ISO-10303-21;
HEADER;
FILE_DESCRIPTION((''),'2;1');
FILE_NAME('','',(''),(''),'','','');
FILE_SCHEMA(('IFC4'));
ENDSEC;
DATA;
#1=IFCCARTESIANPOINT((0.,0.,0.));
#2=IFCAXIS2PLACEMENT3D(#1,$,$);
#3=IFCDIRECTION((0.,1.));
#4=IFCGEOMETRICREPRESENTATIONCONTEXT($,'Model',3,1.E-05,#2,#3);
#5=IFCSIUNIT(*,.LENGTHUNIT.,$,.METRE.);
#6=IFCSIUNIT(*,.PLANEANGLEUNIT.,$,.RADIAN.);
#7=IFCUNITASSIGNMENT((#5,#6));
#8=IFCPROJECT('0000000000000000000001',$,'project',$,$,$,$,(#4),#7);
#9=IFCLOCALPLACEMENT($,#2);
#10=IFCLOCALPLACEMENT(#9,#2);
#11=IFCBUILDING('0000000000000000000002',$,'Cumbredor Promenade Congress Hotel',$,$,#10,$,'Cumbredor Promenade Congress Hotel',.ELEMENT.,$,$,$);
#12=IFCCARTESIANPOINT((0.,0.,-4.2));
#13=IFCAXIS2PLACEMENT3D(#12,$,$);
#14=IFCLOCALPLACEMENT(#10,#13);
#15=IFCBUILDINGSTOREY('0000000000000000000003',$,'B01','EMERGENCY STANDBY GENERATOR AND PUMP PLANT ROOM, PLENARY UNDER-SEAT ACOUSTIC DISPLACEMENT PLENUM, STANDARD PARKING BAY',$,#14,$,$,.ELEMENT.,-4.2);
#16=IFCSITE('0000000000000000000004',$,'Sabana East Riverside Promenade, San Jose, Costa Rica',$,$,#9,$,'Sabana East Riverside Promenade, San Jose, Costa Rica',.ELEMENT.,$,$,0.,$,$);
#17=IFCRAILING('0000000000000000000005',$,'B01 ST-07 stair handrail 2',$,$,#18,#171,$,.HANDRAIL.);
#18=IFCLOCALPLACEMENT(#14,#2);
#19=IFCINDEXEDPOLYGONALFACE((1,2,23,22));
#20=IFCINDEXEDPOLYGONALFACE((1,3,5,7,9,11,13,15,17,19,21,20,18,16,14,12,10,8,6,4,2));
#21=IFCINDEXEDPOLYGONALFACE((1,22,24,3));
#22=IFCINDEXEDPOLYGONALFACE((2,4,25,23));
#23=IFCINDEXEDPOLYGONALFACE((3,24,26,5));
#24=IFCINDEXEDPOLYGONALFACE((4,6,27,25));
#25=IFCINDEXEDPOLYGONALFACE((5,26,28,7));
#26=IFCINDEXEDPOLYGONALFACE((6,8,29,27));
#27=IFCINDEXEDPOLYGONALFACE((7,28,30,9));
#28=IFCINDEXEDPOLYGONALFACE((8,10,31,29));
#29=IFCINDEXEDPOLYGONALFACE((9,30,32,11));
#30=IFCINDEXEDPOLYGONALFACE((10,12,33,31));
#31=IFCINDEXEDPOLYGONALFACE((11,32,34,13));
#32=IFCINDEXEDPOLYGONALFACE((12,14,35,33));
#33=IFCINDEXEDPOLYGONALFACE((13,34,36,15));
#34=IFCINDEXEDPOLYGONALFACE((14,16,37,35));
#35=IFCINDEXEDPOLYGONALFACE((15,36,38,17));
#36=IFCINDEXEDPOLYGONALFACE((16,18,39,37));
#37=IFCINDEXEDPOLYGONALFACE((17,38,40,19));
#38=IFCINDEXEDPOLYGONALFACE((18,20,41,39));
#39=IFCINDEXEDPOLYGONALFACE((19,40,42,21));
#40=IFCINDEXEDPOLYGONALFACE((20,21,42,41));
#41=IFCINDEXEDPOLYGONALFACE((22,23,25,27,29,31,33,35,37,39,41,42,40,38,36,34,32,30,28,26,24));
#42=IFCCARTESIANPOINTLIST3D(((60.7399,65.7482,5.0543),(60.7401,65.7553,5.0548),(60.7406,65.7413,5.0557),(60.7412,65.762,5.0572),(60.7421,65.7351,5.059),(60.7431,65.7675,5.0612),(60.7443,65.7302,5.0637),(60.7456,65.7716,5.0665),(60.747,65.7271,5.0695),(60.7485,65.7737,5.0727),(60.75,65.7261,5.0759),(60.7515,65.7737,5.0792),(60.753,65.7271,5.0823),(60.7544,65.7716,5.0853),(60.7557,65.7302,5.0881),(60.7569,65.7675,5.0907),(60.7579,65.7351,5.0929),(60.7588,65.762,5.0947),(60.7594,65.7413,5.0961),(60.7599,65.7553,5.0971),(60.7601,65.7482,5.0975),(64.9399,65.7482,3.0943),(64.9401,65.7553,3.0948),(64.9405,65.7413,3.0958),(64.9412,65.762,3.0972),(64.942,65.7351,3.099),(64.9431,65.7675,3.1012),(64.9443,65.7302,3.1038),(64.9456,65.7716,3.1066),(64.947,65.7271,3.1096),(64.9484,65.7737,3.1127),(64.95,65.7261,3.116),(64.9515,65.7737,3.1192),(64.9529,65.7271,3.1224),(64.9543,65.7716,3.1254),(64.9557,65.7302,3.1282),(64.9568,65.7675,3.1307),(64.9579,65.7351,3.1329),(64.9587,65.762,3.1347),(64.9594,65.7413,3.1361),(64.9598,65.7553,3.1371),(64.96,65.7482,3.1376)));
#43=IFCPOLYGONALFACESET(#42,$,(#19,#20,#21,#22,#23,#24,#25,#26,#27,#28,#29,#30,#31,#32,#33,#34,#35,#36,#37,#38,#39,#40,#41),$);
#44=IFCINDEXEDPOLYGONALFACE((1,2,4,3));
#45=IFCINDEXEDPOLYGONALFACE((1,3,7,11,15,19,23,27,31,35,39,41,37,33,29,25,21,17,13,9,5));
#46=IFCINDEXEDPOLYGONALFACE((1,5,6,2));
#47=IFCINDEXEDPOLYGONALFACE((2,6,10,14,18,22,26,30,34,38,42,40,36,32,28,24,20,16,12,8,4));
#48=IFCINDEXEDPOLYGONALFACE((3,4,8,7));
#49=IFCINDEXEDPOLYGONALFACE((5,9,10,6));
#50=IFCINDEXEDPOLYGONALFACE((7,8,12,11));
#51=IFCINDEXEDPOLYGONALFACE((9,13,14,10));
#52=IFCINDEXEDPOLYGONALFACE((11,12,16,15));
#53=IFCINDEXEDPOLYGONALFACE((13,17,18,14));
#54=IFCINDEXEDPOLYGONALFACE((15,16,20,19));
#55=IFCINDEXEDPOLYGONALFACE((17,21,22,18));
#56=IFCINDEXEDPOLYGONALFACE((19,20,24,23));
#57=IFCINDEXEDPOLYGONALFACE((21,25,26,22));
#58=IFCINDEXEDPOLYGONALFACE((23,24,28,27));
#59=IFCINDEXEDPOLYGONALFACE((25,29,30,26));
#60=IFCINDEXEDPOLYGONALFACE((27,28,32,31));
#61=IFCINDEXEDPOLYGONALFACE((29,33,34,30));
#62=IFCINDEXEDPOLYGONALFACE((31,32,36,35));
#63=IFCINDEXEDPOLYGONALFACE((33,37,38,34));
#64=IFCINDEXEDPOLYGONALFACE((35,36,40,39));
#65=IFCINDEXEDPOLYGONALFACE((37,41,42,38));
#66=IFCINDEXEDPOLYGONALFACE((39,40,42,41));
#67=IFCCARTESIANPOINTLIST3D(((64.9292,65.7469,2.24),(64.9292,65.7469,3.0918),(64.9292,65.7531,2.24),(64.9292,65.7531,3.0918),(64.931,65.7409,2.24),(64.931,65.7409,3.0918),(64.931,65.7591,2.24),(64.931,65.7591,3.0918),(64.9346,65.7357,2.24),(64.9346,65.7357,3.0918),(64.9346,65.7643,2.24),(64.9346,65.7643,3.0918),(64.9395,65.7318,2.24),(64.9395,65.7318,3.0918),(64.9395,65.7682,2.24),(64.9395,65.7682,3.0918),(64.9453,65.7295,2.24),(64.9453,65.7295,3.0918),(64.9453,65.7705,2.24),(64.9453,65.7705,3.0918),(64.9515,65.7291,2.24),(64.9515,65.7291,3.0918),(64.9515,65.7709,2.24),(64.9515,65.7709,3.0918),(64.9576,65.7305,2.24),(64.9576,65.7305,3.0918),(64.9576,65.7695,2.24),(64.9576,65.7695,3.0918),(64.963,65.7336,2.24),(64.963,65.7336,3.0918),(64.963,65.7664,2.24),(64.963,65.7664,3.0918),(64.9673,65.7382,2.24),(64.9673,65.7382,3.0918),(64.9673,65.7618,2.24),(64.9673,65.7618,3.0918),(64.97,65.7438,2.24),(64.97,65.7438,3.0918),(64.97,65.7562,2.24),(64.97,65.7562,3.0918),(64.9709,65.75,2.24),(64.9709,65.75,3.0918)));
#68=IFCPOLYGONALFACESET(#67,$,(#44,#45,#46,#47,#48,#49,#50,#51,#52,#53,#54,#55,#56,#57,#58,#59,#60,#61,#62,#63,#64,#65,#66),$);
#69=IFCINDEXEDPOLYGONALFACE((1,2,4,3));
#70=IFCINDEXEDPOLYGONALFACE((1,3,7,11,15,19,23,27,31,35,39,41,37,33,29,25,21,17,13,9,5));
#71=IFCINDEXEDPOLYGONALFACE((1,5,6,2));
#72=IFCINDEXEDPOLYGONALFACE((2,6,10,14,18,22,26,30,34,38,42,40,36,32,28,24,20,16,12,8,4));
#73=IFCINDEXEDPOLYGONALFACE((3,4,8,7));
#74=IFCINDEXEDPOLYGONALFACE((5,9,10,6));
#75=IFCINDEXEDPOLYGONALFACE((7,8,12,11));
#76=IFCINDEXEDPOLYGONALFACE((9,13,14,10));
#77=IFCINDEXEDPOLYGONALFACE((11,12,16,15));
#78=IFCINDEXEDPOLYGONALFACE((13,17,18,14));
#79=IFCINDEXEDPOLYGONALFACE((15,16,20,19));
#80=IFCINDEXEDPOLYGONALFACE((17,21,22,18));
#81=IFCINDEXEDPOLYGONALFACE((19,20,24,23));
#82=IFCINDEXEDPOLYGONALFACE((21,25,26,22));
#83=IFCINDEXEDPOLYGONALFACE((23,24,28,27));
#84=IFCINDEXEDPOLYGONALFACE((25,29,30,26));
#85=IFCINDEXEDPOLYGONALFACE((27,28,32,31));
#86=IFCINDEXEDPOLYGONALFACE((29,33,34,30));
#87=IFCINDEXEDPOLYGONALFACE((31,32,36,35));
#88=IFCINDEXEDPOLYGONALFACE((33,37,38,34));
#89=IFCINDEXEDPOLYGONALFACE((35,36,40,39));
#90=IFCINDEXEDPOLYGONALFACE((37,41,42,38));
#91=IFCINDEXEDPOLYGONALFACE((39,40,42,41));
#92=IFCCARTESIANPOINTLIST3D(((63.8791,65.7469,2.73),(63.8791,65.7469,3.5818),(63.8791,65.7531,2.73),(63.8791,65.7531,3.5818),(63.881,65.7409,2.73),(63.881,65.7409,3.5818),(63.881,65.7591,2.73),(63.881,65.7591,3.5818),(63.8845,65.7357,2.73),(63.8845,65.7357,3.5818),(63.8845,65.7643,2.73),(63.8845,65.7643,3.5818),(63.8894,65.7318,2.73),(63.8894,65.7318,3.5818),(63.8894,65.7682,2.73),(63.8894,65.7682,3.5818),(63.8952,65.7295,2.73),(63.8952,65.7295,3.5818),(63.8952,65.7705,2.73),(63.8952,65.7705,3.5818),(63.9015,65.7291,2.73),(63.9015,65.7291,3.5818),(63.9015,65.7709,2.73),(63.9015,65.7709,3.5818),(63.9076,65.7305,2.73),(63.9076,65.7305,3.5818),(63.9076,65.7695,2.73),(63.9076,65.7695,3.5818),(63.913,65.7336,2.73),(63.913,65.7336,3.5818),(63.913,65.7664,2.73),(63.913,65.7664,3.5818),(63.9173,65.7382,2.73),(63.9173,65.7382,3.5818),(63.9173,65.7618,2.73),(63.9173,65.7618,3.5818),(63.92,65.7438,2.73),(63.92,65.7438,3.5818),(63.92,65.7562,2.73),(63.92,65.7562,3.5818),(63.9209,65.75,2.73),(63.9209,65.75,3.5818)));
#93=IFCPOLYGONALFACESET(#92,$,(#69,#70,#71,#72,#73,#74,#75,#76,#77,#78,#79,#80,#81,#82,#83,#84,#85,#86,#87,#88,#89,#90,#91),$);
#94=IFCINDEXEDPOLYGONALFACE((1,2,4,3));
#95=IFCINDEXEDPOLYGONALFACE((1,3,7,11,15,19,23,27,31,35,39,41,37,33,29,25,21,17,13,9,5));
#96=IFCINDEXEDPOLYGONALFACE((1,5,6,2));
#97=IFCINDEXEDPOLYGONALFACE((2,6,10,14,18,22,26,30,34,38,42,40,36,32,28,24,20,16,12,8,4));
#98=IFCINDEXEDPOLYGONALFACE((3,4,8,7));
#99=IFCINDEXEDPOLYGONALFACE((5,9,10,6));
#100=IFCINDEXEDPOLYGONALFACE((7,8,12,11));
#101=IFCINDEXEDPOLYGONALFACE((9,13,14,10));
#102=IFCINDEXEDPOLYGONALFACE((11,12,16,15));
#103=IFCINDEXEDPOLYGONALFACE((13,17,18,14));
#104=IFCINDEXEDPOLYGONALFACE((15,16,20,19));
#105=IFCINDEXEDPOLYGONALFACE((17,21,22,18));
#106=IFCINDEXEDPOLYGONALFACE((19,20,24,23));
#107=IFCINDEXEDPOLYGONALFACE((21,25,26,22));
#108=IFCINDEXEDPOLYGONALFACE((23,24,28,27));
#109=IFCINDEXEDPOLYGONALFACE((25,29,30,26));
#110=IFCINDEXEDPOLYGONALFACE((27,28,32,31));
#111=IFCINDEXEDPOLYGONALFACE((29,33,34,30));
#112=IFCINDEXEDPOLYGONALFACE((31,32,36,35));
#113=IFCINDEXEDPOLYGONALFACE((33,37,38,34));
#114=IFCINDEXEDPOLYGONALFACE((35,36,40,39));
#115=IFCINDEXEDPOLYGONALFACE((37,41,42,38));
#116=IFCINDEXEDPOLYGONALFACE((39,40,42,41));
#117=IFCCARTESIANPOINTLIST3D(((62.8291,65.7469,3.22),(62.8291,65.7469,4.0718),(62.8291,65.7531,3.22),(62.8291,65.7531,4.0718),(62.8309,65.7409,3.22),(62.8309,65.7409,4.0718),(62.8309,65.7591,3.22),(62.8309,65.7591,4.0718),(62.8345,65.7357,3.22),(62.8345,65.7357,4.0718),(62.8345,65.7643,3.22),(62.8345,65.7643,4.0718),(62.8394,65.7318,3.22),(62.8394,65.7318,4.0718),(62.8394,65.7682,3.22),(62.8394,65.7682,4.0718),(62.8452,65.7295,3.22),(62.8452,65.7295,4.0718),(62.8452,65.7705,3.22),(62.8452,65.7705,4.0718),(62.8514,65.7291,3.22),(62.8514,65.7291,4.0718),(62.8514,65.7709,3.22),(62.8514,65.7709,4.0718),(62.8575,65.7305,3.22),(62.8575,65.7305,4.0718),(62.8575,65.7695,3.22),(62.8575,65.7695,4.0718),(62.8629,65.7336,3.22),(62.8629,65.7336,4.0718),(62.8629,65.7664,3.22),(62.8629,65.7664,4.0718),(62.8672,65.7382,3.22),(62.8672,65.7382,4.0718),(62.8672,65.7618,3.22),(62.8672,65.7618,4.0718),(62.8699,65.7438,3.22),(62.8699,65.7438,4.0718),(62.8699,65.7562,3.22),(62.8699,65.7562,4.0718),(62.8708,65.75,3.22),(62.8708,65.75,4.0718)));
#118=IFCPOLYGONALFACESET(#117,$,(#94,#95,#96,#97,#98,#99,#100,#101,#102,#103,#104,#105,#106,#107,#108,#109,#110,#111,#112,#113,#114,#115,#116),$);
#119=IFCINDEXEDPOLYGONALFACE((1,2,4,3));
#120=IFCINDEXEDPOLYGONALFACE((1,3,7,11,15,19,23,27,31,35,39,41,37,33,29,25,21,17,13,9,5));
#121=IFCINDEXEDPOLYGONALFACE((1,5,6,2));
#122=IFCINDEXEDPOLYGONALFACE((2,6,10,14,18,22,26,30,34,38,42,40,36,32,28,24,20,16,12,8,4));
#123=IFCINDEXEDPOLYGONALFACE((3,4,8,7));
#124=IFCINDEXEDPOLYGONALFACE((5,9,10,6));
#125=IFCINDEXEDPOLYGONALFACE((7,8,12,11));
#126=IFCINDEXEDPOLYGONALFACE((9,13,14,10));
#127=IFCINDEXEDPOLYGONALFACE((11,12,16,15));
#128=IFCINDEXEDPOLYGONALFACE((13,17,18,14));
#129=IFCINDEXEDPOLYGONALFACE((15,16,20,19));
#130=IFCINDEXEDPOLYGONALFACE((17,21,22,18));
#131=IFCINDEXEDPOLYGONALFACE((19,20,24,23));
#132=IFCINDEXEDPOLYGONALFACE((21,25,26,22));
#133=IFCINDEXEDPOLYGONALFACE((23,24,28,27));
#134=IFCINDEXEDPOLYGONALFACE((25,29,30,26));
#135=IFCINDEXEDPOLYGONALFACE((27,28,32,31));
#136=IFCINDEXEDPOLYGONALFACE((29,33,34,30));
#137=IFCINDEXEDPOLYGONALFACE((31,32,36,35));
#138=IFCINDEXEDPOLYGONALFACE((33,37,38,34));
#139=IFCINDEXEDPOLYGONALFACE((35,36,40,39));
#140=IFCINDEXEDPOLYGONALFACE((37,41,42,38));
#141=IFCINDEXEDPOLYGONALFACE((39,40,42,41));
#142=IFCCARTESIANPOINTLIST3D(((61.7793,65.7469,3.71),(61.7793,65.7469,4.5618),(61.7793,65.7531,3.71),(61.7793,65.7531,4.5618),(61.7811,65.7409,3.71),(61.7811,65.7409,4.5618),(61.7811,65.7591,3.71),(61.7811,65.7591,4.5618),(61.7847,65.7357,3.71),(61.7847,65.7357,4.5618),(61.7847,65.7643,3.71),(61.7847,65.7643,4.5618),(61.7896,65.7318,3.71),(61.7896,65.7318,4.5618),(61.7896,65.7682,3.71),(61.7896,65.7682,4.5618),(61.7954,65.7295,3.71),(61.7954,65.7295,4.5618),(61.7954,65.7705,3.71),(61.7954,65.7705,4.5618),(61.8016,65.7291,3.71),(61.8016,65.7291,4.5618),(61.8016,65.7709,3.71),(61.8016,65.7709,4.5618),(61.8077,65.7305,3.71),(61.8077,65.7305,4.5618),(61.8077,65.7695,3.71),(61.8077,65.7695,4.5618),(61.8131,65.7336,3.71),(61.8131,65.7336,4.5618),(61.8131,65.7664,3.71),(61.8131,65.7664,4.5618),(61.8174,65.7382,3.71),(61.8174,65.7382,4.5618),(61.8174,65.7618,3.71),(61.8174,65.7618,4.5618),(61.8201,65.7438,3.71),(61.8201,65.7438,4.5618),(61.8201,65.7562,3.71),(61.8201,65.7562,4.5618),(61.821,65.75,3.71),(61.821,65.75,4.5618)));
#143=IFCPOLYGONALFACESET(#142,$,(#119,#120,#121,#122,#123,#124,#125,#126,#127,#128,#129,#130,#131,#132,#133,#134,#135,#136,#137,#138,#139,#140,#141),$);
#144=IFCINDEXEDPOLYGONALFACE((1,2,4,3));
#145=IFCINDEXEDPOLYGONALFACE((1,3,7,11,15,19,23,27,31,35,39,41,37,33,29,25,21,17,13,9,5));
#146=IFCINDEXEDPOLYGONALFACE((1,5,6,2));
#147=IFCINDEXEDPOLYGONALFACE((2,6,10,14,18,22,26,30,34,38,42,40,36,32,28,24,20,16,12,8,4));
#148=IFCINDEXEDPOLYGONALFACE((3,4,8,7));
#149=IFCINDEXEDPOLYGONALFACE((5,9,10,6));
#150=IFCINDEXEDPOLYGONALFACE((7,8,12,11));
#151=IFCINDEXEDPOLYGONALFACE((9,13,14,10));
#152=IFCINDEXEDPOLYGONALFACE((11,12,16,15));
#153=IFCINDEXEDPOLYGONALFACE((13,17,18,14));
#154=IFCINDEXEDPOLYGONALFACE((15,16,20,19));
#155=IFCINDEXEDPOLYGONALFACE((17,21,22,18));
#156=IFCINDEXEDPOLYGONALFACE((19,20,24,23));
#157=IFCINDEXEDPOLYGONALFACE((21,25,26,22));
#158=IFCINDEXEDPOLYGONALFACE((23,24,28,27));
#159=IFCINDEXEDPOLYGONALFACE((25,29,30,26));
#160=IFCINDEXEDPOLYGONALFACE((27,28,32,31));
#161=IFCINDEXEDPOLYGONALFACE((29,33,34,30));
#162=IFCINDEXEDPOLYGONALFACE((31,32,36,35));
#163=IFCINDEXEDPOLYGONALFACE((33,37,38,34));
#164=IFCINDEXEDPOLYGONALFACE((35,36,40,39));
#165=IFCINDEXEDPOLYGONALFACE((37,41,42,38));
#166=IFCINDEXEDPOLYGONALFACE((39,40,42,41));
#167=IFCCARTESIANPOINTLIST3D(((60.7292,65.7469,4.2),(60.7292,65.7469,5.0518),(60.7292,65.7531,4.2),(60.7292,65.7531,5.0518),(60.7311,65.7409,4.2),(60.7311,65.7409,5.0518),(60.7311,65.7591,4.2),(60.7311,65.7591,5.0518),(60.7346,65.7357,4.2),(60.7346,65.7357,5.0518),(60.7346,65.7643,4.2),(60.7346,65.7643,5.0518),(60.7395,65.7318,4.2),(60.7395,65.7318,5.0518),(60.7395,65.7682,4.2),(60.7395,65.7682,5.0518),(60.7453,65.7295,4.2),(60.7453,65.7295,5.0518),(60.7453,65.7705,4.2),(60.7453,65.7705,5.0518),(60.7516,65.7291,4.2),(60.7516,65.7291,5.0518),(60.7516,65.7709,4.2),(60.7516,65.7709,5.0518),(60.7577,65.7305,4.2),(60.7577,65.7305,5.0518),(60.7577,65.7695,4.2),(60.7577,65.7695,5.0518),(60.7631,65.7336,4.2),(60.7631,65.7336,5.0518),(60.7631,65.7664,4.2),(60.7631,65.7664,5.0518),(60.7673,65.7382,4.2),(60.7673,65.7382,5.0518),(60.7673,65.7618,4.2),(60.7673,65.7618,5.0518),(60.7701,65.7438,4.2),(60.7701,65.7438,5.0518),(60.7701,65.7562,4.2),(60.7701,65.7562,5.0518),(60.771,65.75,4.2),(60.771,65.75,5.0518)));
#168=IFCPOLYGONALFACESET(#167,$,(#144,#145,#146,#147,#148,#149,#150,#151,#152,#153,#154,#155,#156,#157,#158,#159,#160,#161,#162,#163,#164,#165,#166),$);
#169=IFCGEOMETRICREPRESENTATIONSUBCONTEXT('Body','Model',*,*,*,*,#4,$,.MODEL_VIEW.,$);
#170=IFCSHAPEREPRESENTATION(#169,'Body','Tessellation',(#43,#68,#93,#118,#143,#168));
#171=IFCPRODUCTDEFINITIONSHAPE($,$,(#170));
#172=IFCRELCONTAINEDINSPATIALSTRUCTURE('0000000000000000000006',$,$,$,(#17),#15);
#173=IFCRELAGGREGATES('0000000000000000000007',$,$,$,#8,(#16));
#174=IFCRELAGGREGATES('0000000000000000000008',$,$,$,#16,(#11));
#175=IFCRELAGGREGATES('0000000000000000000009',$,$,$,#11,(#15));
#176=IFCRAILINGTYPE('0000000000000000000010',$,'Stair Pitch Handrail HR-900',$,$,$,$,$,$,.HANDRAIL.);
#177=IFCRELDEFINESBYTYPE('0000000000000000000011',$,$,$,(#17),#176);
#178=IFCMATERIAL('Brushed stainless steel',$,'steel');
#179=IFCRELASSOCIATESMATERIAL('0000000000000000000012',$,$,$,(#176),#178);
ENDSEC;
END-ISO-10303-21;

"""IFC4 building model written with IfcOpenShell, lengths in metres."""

from ifc_helpers import new_model, si_unit, direction, frame, origin, origin_2d, place, context, subcontext, project, spatial, circle, extrude, material, type_object, element, save


model = new_model("IFC4")

# Units and contexts
model_context = context("Model", 3, precision=1e-05, world=origin(), true_north=direction((0.0, 1.0)))
body_context = subcontext(model_context, "Body", "Model", "MODEL_VIEW")
ifc_project = project(units=[si_unit("LENGTHUNIT", "METRE"), si_unit("PLANEANGLEUNIT", "RADIAN")], contexts=[model_context])

# Site, building, storey
site_placement = place(None, origin())
site = spatial("IfcSite", under=ifc_project, at=site_placement, Name="Sabana East Riverside Promenade, San Jose, Costa Rica", LongName="Sabana East Riverside Promenade, San Jose, Costa Rica", CompositionType="ELEMENT", RefElevation=0.0)
building_placement = place(site_placement, origin())
building = spatial("IfcBuilding", under=site, at=building_placement, Name="Cumbredor Promenade Congress Hotel", LongName="Cumbredor Promenade Congress Hotel", CompositionType="ELEMENT")
storey_placement = place(building_placement, frame((0.0, 0.0, -4.2)))
storey = spatial("IfcBuildingStorey", under=building, at=storey_placement, Name="B01", Description="EMERGENCY STANDBY GENERATOR AND PUMP PLANT ROOM, PLENARY UNDER-SEAT ACOUSTIC DISPLACEMENT PLENUM, STANDARD PARKING BAY", CompositionType="ELEMENT", Elevation=-4.2)

# Railing
ifc_material_1 = material(Name="Brushed stainless steel", Category="steel")
railing_type_1 = type_object("IfcRailingType", Name="Stair Pitch Handrail HR-900", PredefinedType="HANDRAIL", material=ifc_material_1)
railing_1_placement = place(storey_placement, frame((64.95, 65.75, 2.24)))
element("IfcRailing", 1, at=railing_1_placement, inside=storey, type_object=railing_type_1, Name="B01 ST-07 stair handrail 2", PredefinedType="HANDRAIL", context=body_context, shape_type="SweptSolid", body=[
    extrude(circle(Radius=0.0239, at=origin_2d()), frame((0.0, 0.0, 0.876), z_axis=(-0.906184, 0.0, 0.422883), x_axis=(0.0, -1.0, 0.0)), (0.0, 0.0, 1.0), 4.6348),
    extrude(circle(Radius=0.021, at=origin_2d()), origin(), (0.0, 0.0, 1.0), 0.8518),
    extrude(circle(Radius=0.021, at=origin_2d()), frame((-1.05, 0.0, 0.49)), (0.0, 0.0, 1.0), 0.8518),
    extrude(circle(Radius=0.021, at=origin_2d()), frame((-2.1001, 0.0, 0.98)), (0.0, 0.0, 1.0), 0.8518),
    extrude(circle(Radius=0.021, at=origin_2d()), frame((-3.1499, 0.0, 1.47)), (0.0, 0.0, 1.0), 0.8518),
    extrude(circle(Radius=0.021, at=origin_2d()), frame((-4.2, 0.0, 1.96)), (0.0, 0.0, 1.0), 0.8518),
])

save(model, "model.ifc")
